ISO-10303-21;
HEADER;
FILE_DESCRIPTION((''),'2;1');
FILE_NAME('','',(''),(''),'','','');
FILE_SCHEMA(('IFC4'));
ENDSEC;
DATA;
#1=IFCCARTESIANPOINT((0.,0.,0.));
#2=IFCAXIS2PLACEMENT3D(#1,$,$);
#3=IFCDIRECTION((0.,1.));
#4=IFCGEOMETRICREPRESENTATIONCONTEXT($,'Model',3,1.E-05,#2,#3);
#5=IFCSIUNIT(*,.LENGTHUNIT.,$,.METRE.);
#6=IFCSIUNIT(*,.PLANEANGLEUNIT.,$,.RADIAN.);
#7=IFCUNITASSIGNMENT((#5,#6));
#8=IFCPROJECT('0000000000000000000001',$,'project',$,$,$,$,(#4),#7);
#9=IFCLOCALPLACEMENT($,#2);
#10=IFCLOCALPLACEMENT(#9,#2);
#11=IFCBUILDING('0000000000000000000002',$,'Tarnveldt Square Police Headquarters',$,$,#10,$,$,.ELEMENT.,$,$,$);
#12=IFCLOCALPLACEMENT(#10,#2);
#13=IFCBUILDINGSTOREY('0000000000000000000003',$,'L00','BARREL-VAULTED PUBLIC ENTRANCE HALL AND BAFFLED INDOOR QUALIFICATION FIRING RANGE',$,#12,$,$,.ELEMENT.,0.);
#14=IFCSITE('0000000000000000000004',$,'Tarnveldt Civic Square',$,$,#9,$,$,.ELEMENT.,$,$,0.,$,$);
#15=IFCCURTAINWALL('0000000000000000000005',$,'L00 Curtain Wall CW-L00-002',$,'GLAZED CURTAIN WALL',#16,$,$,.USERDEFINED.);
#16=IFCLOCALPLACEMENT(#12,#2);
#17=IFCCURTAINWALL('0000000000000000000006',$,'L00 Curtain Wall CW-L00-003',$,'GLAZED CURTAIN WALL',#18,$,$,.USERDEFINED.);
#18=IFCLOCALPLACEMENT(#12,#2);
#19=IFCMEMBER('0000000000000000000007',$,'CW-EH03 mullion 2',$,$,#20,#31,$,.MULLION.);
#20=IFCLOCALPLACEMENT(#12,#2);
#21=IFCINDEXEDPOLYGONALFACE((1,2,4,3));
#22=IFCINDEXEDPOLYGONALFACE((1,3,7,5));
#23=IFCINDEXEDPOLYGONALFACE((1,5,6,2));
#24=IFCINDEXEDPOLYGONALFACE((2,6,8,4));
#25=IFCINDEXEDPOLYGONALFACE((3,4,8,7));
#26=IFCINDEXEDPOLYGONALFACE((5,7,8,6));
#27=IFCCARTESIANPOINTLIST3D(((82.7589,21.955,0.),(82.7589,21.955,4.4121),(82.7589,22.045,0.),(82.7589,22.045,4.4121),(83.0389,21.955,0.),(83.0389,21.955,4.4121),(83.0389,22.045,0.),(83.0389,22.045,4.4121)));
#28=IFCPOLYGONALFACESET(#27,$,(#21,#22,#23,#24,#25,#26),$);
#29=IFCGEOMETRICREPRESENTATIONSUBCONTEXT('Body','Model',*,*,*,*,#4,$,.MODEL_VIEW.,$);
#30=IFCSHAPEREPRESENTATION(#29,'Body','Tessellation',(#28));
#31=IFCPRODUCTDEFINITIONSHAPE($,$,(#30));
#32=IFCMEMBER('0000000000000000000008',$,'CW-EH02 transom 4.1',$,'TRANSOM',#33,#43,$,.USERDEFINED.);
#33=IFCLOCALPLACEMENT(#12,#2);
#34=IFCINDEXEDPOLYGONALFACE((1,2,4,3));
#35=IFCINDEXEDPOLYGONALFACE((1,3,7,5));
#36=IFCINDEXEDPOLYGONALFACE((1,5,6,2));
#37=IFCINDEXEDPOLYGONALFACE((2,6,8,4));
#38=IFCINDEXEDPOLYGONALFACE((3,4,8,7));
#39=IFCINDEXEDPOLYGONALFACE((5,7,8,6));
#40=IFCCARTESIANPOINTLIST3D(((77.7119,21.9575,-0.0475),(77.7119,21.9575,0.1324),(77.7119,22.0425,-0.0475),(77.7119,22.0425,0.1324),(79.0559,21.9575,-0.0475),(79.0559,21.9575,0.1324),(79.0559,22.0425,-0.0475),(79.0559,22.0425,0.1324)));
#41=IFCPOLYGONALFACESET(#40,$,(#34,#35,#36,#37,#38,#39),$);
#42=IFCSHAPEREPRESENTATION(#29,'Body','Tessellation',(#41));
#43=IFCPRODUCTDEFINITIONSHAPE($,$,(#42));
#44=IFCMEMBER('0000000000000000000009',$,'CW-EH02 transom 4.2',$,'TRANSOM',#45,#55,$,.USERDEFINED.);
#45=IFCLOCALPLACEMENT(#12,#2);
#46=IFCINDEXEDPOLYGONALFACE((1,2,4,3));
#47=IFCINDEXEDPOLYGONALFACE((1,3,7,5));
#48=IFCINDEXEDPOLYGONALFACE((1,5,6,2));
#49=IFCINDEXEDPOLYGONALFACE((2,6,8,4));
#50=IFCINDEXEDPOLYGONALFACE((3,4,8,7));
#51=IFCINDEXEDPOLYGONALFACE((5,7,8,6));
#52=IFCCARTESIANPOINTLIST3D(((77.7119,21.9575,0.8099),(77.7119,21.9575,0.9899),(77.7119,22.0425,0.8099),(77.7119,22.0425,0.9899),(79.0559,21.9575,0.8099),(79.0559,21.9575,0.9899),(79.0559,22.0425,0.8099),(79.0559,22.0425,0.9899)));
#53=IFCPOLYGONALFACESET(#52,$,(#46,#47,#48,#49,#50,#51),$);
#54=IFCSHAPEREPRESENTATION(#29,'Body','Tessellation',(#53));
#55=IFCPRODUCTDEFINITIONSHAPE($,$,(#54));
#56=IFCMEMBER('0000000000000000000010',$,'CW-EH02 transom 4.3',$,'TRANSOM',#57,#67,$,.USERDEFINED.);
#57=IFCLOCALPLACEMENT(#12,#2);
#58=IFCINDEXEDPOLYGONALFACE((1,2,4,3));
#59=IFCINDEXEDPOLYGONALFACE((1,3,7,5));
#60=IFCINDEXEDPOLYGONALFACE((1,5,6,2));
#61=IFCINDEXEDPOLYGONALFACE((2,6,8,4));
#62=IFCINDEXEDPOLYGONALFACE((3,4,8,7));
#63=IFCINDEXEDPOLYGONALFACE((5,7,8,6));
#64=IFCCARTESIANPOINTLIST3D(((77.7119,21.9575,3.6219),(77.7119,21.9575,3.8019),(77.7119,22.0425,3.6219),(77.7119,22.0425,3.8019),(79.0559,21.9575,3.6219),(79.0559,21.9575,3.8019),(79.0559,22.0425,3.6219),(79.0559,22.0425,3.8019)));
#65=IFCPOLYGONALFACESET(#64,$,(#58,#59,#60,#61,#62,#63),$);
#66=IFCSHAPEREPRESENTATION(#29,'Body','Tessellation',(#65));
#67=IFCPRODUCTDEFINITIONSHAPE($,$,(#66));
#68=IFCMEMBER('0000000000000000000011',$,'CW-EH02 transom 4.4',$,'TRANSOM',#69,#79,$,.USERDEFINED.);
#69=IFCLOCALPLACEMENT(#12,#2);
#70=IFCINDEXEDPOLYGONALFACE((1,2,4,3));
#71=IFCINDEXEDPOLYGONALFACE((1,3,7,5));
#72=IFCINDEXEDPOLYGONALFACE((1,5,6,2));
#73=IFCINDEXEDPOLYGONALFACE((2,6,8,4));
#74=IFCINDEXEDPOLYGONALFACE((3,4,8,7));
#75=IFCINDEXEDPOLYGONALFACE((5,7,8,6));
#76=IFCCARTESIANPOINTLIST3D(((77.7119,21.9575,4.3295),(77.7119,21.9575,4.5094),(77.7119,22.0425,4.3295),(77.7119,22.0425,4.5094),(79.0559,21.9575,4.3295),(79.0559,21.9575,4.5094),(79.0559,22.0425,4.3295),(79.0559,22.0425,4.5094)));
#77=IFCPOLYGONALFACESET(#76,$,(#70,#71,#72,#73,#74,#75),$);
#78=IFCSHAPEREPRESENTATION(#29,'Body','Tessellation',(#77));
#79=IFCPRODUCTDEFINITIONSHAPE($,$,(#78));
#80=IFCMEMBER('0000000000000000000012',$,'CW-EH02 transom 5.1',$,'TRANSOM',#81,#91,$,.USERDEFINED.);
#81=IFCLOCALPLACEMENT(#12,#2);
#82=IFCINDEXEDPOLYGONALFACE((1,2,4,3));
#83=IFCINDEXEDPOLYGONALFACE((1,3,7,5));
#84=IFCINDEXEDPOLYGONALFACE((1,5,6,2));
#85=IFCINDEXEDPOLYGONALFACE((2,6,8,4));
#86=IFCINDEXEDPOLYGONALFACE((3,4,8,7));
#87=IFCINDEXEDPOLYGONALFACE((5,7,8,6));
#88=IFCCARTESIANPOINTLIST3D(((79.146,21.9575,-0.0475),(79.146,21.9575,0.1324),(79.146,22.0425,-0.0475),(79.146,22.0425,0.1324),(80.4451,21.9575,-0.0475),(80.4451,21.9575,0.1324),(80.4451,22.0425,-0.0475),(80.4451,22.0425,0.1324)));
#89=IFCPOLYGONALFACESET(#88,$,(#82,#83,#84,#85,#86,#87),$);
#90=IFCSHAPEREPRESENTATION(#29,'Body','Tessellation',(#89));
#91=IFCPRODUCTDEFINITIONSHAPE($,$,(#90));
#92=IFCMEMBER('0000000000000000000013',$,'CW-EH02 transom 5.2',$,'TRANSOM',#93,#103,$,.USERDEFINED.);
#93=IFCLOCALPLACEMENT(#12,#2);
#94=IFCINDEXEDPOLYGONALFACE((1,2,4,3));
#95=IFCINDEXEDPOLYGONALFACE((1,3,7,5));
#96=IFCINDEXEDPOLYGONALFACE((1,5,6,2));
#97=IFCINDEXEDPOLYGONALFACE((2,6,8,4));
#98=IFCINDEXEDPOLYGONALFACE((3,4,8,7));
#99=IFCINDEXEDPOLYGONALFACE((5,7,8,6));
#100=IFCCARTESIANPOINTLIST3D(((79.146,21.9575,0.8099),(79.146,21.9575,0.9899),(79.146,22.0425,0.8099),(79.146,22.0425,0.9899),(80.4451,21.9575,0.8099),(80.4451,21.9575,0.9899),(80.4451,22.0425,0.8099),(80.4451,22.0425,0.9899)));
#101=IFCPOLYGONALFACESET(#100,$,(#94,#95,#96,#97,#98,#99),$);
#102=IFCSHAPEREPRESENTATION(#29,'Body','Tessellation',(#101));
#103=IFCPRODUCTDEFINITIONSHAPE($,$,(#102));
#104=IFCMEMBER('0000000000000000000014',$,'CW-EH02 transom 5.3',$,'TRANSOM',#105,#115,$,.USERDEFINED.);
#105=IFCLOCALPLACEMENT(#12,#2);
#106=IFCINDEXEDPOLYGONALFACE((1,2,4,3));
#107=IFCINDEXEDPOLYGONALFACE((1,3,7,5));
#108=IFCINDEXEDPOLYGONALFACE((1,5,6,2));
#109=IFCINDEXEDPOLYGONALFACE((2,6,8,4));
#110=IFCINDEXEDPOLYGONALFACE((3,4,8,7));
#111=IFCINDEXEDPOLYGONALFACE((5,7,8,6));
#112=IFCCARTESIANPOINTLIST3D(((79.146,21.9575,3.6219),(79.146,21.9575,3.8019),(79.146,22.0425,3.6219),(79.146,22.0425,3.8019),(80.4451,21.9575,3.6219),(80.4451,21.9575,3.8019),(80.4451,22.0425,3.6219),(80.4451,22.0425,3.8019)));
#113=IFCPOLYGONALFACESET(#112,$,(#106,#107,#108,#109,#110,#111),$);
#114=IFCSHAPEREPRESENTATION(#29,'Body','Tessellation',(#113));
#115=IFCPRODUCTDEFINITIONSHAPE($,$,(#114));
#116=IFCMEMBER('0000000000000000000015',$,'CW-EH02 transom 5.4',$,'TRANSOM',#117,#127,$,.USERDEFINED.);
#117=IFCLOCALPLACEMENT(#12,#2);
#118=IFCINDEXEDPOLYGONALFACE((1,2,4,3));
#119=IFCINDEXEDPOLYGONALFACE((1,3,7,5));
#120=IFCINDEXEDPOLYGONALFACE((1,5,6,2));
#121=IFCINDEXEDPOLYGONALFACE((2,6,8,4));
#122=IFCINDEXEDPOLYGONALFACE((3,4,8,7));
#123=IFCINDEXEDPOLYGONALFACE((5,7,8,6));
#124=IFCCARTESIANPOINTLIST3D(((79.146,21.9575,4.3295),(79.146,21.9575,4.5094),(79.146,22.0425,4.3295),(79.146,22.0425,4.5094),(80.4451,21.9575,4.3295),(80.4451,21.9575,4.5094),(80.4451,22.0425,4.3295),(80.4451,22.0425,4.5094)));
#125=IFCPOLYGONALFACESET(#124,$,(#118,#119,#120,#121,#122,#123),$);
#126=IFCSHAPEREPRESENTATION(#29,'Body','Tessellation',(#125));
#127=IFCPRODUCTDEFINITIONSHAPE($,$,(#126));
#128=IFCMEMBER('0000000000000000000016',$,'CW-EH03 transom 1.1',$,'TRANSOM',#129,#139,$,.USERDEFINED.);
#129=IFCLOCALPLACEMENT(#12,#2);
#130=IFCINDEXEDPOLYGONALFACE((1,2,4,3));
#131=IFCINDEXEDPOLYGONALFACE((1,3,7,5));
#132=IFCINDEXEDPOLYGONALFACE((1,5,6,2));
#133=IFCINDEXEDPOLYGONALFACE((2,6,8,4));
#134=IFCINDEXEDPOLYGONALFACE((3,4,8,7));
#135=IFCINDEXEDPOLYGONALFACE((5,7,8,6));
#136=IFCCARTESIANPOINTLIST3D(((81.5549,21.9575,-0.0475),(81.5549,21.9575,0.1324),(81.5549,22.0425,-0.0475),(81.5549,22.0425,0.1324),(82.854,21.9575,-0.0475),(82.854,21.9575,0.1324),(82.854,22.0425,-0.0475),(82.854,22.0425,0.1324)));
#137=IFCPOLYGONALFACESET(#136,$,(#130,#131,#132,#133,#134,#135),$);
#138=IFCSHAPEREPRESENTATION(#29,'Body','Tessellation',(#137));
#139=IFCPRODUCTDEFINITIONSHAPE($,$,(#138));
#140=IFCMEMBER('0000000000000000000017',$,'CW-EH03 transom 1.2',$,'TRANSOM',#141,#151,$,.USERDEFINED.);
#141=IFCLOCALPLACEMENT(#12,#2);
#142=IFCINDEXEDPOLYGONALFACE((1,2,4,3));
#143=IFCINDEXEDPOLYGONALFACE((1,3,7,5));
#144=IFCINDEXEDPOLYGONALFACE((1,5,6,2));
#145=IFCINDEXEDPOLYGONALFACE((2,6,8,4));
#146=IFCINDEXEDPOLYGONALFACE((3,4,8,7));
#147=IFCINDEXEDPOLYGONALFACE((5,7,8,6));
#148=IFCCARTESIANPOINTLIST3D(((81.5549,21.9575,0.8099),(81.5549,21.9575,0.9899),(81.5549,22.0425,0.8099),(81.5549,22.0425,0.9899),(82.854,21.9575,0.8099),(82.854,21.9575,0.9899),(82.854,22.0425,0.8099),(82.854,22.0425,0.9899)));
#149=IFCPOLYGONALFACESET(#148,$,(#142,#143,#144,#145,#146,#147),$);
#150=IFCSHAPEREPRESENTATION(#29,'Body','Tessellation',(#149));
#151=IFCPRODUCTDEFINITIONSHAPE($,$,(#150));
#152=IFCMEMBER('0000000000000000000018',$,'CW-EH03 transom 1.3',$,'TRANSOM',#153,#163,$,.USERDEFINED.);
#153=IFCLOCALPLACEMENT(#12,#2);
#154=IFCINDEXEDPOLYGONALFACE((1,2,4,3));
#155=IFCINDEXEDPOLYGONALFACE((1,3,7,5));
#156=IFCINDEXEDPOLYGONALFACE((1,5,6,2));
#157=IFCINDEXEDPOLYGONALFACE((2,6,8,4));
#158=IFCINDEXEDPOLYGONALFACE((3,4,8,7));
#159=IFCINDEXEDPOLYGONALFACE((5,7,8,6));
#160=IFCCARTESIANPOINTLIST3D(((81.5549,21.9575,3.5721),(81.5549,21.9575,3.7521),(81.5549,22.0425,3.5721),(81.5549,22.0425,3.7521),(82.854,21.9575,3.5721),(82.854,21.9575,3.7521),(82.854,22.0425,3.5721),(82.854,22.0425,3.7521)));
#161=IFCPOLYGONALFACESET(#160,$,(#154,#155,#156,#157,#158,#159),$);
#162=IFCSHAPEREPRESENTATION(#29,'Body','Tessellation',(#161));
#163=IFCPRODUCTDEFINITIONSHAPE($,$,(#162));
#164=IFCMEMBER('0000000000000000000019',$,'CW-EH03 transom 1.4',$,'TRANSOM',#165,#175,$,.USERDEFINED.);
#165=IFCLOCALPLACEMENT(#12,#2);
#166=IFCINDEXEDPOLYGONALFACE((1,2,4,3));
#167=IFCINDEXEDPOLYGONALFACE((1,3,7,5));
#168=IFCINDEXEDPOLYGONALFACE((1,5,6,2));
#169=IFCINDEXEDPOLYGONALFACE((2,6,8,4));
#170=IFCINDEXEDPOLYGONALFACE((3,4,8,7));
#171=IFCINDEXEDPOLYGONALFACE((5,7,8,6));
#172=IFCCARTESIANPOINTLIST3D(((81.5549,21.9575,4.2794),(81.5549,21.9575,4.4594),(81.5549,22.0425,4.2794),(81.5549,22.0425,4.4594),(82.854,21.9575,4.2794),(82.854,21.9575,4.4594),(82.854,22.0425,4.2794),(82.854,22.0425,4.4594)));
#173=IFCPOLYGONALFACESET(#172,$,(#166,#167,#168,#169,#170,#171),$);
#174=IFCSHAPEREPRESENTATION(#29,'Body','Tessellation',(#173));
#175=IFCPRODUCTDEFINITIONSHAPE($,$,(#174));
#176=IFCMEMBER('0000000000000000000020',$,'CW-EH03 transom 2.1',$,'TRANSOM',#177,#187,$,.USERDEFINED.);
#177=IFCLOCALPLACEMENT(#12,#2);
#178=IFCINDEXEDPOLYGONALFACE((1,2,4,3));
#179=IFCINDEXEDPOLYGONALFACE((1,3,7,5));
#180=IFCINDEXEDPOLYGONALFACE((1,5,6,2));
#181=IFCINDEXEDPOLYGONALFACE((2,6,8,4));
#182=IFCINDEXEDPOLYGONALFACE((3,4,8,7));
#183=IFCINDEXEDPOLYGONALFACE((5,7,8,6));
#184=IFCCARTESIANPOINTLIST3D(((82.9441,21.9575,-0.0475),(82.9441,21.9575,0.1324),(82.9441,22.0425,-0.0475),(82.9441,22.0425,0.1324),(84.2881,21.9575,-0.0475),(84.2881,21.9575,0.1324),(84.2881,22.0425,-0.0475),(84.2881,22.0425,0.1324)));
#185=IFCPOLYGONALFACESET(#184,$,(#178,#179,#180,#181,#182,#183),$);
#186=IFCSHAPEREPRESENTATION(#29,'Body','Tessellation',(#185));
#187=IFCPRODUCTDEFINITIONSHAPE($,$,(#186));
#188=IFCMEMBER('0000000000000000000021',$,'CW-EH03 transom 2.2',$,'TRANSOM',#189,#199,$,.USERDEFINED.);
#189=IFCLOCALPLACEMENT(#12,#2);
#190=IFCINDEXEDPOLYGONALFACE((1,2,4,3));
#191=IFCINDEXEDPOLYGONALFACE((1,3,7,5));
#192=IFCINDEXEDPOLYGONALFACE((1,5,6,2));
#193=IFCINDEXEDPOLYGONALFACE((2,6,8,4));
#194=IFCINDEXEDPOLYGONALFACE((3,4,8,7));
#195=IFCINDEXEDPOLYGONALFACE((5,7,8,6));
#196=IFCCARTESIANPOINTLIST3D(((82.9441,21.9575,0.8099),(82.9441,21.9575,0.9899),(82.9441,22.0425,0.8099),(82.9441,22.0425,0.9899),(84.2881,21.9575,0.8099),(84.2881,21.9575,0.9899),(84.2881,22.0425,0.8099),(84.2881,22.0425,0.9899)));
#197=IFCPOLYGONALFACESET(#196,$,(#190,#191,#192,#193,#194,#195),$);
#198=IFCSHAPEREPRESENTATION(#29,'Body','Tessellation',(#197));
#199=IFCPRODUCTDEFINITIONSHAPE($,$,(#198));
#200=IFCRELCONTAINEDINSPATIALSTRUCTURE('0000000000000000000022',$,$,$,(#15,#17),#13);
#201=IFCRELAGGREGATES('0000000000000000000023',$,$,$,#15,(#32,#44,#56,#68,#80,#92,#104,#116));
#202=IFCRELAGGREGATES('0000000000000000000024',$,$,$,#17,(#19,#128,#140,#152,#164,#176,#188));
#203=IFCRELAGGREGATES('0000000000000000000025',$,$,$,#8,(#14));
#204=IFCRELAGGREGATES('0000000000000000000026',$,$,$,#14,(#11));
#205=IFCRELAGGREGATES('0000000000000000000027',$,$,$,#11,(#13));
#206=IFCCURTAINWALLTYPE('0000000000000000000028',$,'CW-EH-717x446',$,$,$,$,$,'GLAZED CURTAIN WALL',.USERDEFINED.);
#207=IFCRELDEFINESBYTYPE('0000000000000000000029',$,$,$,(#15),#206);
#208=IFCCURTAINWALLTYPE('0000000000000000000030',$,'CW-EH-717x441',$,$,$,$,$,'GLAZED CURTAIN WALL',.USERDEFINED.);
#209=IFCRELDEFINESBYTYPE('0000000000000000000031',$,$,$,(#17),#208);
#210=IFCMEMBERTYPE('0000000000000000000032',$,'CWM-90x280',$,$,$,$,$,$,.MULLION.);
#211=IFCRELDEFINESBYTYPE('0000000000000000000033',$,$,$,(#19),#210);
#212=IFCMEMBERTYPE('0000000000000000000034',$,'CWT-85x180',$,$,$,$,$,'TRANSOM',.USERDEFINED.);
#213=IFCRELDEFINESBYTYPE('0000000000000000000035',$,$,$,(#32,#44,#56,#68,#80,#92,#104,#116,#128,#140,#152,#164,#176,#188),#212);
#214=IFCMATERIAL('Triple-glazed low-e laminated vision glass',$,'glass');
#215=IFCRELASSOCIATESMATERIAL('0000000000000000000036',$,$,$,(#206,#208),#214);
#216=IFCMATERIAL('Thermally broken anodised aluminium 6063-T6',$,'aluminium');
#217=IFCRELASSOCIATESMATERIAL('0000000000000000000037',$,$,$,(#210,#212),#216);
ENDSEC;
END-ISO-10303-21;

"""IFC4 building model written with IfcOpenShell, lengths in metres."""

from ifc_helpers import new_model, si_unit, direction, frame, origin, origin_2d, place, context, subcontext, project, spatial, rectangle, extrude, material, material_profile, profile_set, type_object, element, aggregate, save


model = new_model("IFC4")

# Units and contexts
model_context = context("Model", 3, precision=1e-05, world=origin(), true_north=direction((0.0, 1.0)))
body_context = subcontext(model_context, "Body", "Model", "MODEL_VIEW")
ifc_project = project(units=[si_unit("LENGTHUNIT", "METRE"), si_unit("PLANEANGLEUNIT", "RADIAN")], contexts=[model_context])

# Site, building, storey
site_placement = place(None, origin())
site = spatial("IfcSite", under=ifc_project, at=site_placement, Name="Tarnveldt Civic Square", CompositionType="ELEMENT", RefElevation=0.0)
building_placement = place(site_placement, origin())
building = spatial("IfcBuilding", under=site, at=building_placement, Name="Tarnveldt Square Police Headquarters", CompositionType="ELEMENT")
storey_placement = place(building_placement, origin())
storey = spatial("IfcBuildingStorey", under=building, at=storey_placement, Name="L00", Description="BARREL-VAULTED PUBLIC ENTRANCE HALL AND BAFFLED INDOOR QUALIFICATION FIRING RANGE", CompositionType="ELEMENT", Elevation=0.0)

# Curtain walls, member
ifc_material_1 = material(Name="Triple-glazed low-e laminated vision glass", Category="glass")
curtain_wall_type_1 = type_object("IfcCurtainWallType", Name="CW-EH-717x446", ElementType="GLAZED CURTAIN WALL", PredefinedType="USERDEFINED", material=ifc_material_1)
curtain_wall_1_placement = place(storey_placement, origin())
curtain_wall_1 = element("IfcCurtainWall", 1, at=curtain_wall_1_placement, inside=storey, type_object=curtain_wall_type_1, Name="L00 Curtain Wall CW-L00-002", ObjectType="GLAZED CURTAIN WALL", PredefinedType="USERDEFINED")
ifc_material_2 = material(Name="Thermally broken anodised aluminium 6063-T6", Category="aluminium")
ifc_material_profile_1 = material_profile(ifc_material_2, rectangle(XDim=0.0901, YDim=0.28, at=origin_2d()), Name="CW-M90x280")
ifc_profile_set_1 = profile_set([ifc_material_profile_1], Name="Thermally broken anodised aluminium 6063-T6")
member_type_1 = type_object("IfcMemberType", Name="CWM-90x280", PredefinedType="MULLION", material=ifc_profile_set_1)
curtain_wall_type_2 = type_object("IfcCurtainWallType", Name="CW-EH-717x441", ElementType="GLAZED CURTAIN WALL", PredefinedType="USERDEFINED", material=ifc_material_1)
curtain_wall_2_placement = place(storey_placement, origin())
curtain_wall_2 = element("IfcCurtainWall", 2, at=curtain_wall_2_placement, inside=storey, type_object=curtain_wall_type_2, Name="L00 Curtain Wall CW-L00-003", ObjectType="GLAZED CURTAIN WALL", PredefinedType="USERDEFINED")
member_1_placement = place(storey_placement, frame((82.8989, 22.0, 0.0), z_axis=(0.0, 0.0, 1.0), x_axis=(0.0, 1.0, 0.0)))
member_1 = element("IfcMember", 3, at=member_1_placement, type_object=member_type_1, Name="CW-EH03 mullion 2", PredefinedType="MULLION", context=body_context, shape_type="SweptSolid", body=[
    extrude(rectangle(XDim=0.0901, YDim=0.28, at=origin_2d()), origin(), (0.0, 0.0, 1.0), 4.4121),
])

# Members
ifc_material_profile_2 = material_profile(ifc_material_2, rectangle(XDim=0.085, YDim=0.1799, at=origin_2d()), Name="CW-T85x180")
ifc_profile_set_2 = profile_set([ifc_material_profile_2], Name="Thermally broken anodised aluminium 6063-T6")
member_type_2 = type_object("IfcMemberType", Name="CWT-85x180", ElementType="TRANSOM", PredefinedType="USERDEFINED", material=ifc_profile_set_2)
member_2_placement = place(storey_placement, frame((77.7119, 22.0, 0.0425), z_axis=(1.0, 0.0, 0.0), x_axis=(0.0, 1.0, 0.0)))
member_2 = element("IfcMember", 4, at=member_2_placement, type_object=member_type_2, Name="CW-EH02 transom 4.1", ObjectType="TRANSOM", PredefinedType="USERDEFINED", context=body_context, shape_type="SweptSolid", body=[
    extrude(rectangle(XDim=0.085, YDim=0.1799, at=origin_2d()), origin(), (0.0, 0.0, 1.0), 1.344),
])
member_3_placement = place(storey_placement, frame((77.7119, 22.0, 0.8999), z_axis=(1.0, 0.0, 0.0), x_axis=(0.0, 1.0, 0.0)))
member_3 = element("IfcMember", 5, at=member_3_placement, type_object=member_type_2, Name="CW-EH02 transom 4.2", ObjectType="TRANSOM", PredefinedType="USERDEFINED", context=body_context, shape_type="SweptSolid", body=[
    extrude(rectangle(XDim=0.085, YDim=0.1799, at=origin_2d()), origin(), (0.0, 0.0, 1.0), 1.344),
])
member_4_placement = place(storey_placement, frame((77.7119, 22.0, 3.7119), z_axis=(1.0, 0.0, 0.0), x_axis=(0.0, 1.0, 0.0)))
member_4 = element("IfcMember", 6, at=member_4_placement, type_object=member_type_2, Name="CW-EH02 transom 4.3", ObjectType="TRANSOM", PredefinedType="USERDEFINED", context=body_context, shape_type="SweptSolid", body=[
    extrude(rectangle(XDim=0.085, YDim=0.1799, at=origin_2d()), origin(), (0.0, 0.0, 1.0), 1.344),
])
member_5_placement = place(storey_placement, frame((77.7119, 22.0, 4.4194), z_axis=(1.0, 0.0, 0.0), x_axis=(0.0, 1.0, 0.0)))
member_5 = element("IfcMember", 7, at=member_5_placement, type_object=member_type_2, Name="CW-EH02 transom 4.4", ObjectType="TRANSOM", PredefinedType="USERDEFINED", context=body_context, shape_type="SweptSolid", body=[
    extrude(rectangle(XDim=0.085, YDim=0.1799, at=origin_2d()), origin(), (0.0, 0.0, 1.0), 1.344),
])
member_6_placement = place(storey_placement, frame((79.146, 22.0, 0.0425), z_axis=(1.0, 0.0, 0.0), x_axis=(0.0, 1.0, 0.0)))
member_6 = element("IfcMember", 8, at=member_6_placement, type_object=member_type_2, Name="CW-EH02 transom 5.1", ObjectType="TRANSOM", PredefinedType="USERDEFINED", context=body_context, shape_type="SweptSolid", body=[
    extrude(rectangle(XDim=0.085, YDim=0.1799, at=origin_2d()), origin(), (0.0, 0.0, 1.0), 1.2991),
])
member_7_placement = place(storey_placement, frame((79.146, 22.0, 0.8999), z_axis=(1.0, 0.0, 0.0), x_axis=(0.0, 1.0, 0.0)))
member_7 = element("IfcMember", 9, at=member_7_placement, type_object=member_type_2, Name="CW-EH02 transom 5.2", ObjectType="TRANSOM", PredefinedType="USERDEFINED", context=body_context, shape_type="SweptSolid", body=[
    extrude(rectangle(XDim=0.085, YDim=0.1799, at=origin_2d()), origin(), (0.0, 0.0, 1.0), 1.2991),
])
member_8_placement = place(storey_placement, frame((79.146, 22.0, 3.7119), z_axis=(1.0, 0.0, 0.0), x_axis=(0.0, 1.0, 0.0)))
member_8 = element("IfcMember", 10, at=member_8_placement, type_object=member_type_2, Name="CW-EH02 transom 5.3", ObjectType="TRANSOM", PredefinedType="USERDEFINED", context=body_context, shape_type="SweptSolid", body=[
    extrude(rectangle(XDim=0.085, YDim=0.1799, at=origin_2d()), origin(), (0.0, 0.0, 1.0), 1.2991),
])
member_9_placement = place(storey_placement, frame((79.146, 22.0, 4.4194), z_axis=(1.0, 0.0, 0.0), x_axis=(0.0, 1.0, 0.0)))
member_9 = element("IfcMember", 11, at=member_9_placement, type_object=member_type_2, Name="CW-EH02 transom 5.4", ObjectType="TRANSOM", PredefinedType="USERDEFINED", context=body_context, shape_type="SweptSolid", body=[
    extrude(rectangle(XDim=0.085, YDim=0.1799, at=origin_2d()), origin(), (0.0, 0.0, 1.0), 1.2991),
])
member_10_placement = place(storey_placement, frame((81.5549, 22.0, 0.0425), z_axis=(1.0, 0.0, 0.0), x_axis=(0.0, 1.0, 0.0)))
member_10 = element("IfcMember", 12, at=member_10_placement, type_object=member_type_2, Name="CW-EH03 transom 1.1", ObjectType="TRANSOM", PredefinedType="USERDEFINED", context=body_context, shape_type="SweptSolid", body=[
    extrude(rectangle(XDim=0.085, YDim=0.1799, at=origin_2d()), origin(), (0.0, 0.0, 1.0), 1.2991),
])
member_11_placement = place(storey_placement, frame((81.5549, 22.0, 0.8999), z_axis=(1.0, 0.0, 0.0), x_axis=(0.0, 1.0, 0.0)))
member_11 = element("IfcMember", 13, at=member_11_placement, type_object=member_type_2, Name="CW-EH03 transom 1.2", ObjectType="TRANSOM", PredefinedType="USERDEFINED", context=body_context, shape_type="SweptSolid", body=[
    extrude(rectangle(XDim=0.085, YDim=0.1799, at=origin_2d()), origin(), (0.0, 0.0, 1.0), 1.2991),
])
member_12_placement = place(storey_placement, frame((81.5549, 22.0, 3.6621), z_axis=(1.0, 0.0, 0.0), x_axis=(0.0, 1.0, 0.0)))
member_12 = element("IfcMember", 14, at=member_12_placement, type_object=member_type_2, Name="CW-EH03 transom 1.3", ObjectType="TRANSOM", PredefinedType="USERDEFINED", context=body_context, shape_type="SweptSolid", body=[
    extrude(rectangle(XDim=0.085, YDim=0.1799, at=origin_2d()), origin(), (0.0, 0.0, 1.0), 1.2991),
])
member_13_placement = place(storey_placement, frame((81.5549, 22.0, 4.3694), z_axis=(1.0, 0.0, 0.0), x_axis=(0.0, 1.0, 0.0)))
member_13 = element("IfcMember", 15, at=member_13_placement, type_object=member_type_2, Name="CW-EH03 transom 1.4", ObjectType="TRANSOM", PredefinedType="USERDEFINED", context=body_context, shape_type="SweptSolid", body=[
    extrude(rectangle(XDim=0.085, YDim=0.1799, at=origin_2d()), origin(), (0.0, 0.0, 1.0), 1.2991),
])
member_14_placement = place(storey_placement, frame((82.9441, 22.0, 0.0425), z_axis=(1.0, 0.0, 0.0), x_axis=(0.0, 1.0, 0.0)))
member_14 = element("IfcMember", 16, at=member_14_placement, type_object=member_type_2, Name="CW-EH03 transom 2.1", ObjectType="TRANSOM", PredefinedType="USERDEFINED", context=body_context, shape_type="SweptSolid", body=[
    extrude(rectangle(XDim=0.085, YDim=0.1799, at=origin_2d()), origin(), (0.0, 0.0, 1.0), 1.344),
])
member_15_placement = place(storey_placement, frame((82.9441, 22.0, 0.8999), z_axis=(1.0, 0.0, 0.0), x_axis=(0.0, 1.0, 0.0)))
member_15 = element("IfcMember", 17, at=member_15_placement, type_object=member_type_2, Name="CW-EH03 transom 2.2", ObjectType="TRANSOM", PredefinedType="USERDEFINED", context=body_context, shape_type="SweptSolid", body=[
    extrude(rectangle(XDim=0.085, YDim=0.1799, at=origin_2d()), origin(), (0.0, 0.0, 1.0), 1.344),
])

aggregate(curtain_wall_1, [member_2, member_3, member_4, member_5, member_6, member_7, member_8, member_9])
aggregate(curtain_wall_2, [member_1, member_10, member_11, member_12, member_13, member_14, member_15])

save(model, "model.ifc")
